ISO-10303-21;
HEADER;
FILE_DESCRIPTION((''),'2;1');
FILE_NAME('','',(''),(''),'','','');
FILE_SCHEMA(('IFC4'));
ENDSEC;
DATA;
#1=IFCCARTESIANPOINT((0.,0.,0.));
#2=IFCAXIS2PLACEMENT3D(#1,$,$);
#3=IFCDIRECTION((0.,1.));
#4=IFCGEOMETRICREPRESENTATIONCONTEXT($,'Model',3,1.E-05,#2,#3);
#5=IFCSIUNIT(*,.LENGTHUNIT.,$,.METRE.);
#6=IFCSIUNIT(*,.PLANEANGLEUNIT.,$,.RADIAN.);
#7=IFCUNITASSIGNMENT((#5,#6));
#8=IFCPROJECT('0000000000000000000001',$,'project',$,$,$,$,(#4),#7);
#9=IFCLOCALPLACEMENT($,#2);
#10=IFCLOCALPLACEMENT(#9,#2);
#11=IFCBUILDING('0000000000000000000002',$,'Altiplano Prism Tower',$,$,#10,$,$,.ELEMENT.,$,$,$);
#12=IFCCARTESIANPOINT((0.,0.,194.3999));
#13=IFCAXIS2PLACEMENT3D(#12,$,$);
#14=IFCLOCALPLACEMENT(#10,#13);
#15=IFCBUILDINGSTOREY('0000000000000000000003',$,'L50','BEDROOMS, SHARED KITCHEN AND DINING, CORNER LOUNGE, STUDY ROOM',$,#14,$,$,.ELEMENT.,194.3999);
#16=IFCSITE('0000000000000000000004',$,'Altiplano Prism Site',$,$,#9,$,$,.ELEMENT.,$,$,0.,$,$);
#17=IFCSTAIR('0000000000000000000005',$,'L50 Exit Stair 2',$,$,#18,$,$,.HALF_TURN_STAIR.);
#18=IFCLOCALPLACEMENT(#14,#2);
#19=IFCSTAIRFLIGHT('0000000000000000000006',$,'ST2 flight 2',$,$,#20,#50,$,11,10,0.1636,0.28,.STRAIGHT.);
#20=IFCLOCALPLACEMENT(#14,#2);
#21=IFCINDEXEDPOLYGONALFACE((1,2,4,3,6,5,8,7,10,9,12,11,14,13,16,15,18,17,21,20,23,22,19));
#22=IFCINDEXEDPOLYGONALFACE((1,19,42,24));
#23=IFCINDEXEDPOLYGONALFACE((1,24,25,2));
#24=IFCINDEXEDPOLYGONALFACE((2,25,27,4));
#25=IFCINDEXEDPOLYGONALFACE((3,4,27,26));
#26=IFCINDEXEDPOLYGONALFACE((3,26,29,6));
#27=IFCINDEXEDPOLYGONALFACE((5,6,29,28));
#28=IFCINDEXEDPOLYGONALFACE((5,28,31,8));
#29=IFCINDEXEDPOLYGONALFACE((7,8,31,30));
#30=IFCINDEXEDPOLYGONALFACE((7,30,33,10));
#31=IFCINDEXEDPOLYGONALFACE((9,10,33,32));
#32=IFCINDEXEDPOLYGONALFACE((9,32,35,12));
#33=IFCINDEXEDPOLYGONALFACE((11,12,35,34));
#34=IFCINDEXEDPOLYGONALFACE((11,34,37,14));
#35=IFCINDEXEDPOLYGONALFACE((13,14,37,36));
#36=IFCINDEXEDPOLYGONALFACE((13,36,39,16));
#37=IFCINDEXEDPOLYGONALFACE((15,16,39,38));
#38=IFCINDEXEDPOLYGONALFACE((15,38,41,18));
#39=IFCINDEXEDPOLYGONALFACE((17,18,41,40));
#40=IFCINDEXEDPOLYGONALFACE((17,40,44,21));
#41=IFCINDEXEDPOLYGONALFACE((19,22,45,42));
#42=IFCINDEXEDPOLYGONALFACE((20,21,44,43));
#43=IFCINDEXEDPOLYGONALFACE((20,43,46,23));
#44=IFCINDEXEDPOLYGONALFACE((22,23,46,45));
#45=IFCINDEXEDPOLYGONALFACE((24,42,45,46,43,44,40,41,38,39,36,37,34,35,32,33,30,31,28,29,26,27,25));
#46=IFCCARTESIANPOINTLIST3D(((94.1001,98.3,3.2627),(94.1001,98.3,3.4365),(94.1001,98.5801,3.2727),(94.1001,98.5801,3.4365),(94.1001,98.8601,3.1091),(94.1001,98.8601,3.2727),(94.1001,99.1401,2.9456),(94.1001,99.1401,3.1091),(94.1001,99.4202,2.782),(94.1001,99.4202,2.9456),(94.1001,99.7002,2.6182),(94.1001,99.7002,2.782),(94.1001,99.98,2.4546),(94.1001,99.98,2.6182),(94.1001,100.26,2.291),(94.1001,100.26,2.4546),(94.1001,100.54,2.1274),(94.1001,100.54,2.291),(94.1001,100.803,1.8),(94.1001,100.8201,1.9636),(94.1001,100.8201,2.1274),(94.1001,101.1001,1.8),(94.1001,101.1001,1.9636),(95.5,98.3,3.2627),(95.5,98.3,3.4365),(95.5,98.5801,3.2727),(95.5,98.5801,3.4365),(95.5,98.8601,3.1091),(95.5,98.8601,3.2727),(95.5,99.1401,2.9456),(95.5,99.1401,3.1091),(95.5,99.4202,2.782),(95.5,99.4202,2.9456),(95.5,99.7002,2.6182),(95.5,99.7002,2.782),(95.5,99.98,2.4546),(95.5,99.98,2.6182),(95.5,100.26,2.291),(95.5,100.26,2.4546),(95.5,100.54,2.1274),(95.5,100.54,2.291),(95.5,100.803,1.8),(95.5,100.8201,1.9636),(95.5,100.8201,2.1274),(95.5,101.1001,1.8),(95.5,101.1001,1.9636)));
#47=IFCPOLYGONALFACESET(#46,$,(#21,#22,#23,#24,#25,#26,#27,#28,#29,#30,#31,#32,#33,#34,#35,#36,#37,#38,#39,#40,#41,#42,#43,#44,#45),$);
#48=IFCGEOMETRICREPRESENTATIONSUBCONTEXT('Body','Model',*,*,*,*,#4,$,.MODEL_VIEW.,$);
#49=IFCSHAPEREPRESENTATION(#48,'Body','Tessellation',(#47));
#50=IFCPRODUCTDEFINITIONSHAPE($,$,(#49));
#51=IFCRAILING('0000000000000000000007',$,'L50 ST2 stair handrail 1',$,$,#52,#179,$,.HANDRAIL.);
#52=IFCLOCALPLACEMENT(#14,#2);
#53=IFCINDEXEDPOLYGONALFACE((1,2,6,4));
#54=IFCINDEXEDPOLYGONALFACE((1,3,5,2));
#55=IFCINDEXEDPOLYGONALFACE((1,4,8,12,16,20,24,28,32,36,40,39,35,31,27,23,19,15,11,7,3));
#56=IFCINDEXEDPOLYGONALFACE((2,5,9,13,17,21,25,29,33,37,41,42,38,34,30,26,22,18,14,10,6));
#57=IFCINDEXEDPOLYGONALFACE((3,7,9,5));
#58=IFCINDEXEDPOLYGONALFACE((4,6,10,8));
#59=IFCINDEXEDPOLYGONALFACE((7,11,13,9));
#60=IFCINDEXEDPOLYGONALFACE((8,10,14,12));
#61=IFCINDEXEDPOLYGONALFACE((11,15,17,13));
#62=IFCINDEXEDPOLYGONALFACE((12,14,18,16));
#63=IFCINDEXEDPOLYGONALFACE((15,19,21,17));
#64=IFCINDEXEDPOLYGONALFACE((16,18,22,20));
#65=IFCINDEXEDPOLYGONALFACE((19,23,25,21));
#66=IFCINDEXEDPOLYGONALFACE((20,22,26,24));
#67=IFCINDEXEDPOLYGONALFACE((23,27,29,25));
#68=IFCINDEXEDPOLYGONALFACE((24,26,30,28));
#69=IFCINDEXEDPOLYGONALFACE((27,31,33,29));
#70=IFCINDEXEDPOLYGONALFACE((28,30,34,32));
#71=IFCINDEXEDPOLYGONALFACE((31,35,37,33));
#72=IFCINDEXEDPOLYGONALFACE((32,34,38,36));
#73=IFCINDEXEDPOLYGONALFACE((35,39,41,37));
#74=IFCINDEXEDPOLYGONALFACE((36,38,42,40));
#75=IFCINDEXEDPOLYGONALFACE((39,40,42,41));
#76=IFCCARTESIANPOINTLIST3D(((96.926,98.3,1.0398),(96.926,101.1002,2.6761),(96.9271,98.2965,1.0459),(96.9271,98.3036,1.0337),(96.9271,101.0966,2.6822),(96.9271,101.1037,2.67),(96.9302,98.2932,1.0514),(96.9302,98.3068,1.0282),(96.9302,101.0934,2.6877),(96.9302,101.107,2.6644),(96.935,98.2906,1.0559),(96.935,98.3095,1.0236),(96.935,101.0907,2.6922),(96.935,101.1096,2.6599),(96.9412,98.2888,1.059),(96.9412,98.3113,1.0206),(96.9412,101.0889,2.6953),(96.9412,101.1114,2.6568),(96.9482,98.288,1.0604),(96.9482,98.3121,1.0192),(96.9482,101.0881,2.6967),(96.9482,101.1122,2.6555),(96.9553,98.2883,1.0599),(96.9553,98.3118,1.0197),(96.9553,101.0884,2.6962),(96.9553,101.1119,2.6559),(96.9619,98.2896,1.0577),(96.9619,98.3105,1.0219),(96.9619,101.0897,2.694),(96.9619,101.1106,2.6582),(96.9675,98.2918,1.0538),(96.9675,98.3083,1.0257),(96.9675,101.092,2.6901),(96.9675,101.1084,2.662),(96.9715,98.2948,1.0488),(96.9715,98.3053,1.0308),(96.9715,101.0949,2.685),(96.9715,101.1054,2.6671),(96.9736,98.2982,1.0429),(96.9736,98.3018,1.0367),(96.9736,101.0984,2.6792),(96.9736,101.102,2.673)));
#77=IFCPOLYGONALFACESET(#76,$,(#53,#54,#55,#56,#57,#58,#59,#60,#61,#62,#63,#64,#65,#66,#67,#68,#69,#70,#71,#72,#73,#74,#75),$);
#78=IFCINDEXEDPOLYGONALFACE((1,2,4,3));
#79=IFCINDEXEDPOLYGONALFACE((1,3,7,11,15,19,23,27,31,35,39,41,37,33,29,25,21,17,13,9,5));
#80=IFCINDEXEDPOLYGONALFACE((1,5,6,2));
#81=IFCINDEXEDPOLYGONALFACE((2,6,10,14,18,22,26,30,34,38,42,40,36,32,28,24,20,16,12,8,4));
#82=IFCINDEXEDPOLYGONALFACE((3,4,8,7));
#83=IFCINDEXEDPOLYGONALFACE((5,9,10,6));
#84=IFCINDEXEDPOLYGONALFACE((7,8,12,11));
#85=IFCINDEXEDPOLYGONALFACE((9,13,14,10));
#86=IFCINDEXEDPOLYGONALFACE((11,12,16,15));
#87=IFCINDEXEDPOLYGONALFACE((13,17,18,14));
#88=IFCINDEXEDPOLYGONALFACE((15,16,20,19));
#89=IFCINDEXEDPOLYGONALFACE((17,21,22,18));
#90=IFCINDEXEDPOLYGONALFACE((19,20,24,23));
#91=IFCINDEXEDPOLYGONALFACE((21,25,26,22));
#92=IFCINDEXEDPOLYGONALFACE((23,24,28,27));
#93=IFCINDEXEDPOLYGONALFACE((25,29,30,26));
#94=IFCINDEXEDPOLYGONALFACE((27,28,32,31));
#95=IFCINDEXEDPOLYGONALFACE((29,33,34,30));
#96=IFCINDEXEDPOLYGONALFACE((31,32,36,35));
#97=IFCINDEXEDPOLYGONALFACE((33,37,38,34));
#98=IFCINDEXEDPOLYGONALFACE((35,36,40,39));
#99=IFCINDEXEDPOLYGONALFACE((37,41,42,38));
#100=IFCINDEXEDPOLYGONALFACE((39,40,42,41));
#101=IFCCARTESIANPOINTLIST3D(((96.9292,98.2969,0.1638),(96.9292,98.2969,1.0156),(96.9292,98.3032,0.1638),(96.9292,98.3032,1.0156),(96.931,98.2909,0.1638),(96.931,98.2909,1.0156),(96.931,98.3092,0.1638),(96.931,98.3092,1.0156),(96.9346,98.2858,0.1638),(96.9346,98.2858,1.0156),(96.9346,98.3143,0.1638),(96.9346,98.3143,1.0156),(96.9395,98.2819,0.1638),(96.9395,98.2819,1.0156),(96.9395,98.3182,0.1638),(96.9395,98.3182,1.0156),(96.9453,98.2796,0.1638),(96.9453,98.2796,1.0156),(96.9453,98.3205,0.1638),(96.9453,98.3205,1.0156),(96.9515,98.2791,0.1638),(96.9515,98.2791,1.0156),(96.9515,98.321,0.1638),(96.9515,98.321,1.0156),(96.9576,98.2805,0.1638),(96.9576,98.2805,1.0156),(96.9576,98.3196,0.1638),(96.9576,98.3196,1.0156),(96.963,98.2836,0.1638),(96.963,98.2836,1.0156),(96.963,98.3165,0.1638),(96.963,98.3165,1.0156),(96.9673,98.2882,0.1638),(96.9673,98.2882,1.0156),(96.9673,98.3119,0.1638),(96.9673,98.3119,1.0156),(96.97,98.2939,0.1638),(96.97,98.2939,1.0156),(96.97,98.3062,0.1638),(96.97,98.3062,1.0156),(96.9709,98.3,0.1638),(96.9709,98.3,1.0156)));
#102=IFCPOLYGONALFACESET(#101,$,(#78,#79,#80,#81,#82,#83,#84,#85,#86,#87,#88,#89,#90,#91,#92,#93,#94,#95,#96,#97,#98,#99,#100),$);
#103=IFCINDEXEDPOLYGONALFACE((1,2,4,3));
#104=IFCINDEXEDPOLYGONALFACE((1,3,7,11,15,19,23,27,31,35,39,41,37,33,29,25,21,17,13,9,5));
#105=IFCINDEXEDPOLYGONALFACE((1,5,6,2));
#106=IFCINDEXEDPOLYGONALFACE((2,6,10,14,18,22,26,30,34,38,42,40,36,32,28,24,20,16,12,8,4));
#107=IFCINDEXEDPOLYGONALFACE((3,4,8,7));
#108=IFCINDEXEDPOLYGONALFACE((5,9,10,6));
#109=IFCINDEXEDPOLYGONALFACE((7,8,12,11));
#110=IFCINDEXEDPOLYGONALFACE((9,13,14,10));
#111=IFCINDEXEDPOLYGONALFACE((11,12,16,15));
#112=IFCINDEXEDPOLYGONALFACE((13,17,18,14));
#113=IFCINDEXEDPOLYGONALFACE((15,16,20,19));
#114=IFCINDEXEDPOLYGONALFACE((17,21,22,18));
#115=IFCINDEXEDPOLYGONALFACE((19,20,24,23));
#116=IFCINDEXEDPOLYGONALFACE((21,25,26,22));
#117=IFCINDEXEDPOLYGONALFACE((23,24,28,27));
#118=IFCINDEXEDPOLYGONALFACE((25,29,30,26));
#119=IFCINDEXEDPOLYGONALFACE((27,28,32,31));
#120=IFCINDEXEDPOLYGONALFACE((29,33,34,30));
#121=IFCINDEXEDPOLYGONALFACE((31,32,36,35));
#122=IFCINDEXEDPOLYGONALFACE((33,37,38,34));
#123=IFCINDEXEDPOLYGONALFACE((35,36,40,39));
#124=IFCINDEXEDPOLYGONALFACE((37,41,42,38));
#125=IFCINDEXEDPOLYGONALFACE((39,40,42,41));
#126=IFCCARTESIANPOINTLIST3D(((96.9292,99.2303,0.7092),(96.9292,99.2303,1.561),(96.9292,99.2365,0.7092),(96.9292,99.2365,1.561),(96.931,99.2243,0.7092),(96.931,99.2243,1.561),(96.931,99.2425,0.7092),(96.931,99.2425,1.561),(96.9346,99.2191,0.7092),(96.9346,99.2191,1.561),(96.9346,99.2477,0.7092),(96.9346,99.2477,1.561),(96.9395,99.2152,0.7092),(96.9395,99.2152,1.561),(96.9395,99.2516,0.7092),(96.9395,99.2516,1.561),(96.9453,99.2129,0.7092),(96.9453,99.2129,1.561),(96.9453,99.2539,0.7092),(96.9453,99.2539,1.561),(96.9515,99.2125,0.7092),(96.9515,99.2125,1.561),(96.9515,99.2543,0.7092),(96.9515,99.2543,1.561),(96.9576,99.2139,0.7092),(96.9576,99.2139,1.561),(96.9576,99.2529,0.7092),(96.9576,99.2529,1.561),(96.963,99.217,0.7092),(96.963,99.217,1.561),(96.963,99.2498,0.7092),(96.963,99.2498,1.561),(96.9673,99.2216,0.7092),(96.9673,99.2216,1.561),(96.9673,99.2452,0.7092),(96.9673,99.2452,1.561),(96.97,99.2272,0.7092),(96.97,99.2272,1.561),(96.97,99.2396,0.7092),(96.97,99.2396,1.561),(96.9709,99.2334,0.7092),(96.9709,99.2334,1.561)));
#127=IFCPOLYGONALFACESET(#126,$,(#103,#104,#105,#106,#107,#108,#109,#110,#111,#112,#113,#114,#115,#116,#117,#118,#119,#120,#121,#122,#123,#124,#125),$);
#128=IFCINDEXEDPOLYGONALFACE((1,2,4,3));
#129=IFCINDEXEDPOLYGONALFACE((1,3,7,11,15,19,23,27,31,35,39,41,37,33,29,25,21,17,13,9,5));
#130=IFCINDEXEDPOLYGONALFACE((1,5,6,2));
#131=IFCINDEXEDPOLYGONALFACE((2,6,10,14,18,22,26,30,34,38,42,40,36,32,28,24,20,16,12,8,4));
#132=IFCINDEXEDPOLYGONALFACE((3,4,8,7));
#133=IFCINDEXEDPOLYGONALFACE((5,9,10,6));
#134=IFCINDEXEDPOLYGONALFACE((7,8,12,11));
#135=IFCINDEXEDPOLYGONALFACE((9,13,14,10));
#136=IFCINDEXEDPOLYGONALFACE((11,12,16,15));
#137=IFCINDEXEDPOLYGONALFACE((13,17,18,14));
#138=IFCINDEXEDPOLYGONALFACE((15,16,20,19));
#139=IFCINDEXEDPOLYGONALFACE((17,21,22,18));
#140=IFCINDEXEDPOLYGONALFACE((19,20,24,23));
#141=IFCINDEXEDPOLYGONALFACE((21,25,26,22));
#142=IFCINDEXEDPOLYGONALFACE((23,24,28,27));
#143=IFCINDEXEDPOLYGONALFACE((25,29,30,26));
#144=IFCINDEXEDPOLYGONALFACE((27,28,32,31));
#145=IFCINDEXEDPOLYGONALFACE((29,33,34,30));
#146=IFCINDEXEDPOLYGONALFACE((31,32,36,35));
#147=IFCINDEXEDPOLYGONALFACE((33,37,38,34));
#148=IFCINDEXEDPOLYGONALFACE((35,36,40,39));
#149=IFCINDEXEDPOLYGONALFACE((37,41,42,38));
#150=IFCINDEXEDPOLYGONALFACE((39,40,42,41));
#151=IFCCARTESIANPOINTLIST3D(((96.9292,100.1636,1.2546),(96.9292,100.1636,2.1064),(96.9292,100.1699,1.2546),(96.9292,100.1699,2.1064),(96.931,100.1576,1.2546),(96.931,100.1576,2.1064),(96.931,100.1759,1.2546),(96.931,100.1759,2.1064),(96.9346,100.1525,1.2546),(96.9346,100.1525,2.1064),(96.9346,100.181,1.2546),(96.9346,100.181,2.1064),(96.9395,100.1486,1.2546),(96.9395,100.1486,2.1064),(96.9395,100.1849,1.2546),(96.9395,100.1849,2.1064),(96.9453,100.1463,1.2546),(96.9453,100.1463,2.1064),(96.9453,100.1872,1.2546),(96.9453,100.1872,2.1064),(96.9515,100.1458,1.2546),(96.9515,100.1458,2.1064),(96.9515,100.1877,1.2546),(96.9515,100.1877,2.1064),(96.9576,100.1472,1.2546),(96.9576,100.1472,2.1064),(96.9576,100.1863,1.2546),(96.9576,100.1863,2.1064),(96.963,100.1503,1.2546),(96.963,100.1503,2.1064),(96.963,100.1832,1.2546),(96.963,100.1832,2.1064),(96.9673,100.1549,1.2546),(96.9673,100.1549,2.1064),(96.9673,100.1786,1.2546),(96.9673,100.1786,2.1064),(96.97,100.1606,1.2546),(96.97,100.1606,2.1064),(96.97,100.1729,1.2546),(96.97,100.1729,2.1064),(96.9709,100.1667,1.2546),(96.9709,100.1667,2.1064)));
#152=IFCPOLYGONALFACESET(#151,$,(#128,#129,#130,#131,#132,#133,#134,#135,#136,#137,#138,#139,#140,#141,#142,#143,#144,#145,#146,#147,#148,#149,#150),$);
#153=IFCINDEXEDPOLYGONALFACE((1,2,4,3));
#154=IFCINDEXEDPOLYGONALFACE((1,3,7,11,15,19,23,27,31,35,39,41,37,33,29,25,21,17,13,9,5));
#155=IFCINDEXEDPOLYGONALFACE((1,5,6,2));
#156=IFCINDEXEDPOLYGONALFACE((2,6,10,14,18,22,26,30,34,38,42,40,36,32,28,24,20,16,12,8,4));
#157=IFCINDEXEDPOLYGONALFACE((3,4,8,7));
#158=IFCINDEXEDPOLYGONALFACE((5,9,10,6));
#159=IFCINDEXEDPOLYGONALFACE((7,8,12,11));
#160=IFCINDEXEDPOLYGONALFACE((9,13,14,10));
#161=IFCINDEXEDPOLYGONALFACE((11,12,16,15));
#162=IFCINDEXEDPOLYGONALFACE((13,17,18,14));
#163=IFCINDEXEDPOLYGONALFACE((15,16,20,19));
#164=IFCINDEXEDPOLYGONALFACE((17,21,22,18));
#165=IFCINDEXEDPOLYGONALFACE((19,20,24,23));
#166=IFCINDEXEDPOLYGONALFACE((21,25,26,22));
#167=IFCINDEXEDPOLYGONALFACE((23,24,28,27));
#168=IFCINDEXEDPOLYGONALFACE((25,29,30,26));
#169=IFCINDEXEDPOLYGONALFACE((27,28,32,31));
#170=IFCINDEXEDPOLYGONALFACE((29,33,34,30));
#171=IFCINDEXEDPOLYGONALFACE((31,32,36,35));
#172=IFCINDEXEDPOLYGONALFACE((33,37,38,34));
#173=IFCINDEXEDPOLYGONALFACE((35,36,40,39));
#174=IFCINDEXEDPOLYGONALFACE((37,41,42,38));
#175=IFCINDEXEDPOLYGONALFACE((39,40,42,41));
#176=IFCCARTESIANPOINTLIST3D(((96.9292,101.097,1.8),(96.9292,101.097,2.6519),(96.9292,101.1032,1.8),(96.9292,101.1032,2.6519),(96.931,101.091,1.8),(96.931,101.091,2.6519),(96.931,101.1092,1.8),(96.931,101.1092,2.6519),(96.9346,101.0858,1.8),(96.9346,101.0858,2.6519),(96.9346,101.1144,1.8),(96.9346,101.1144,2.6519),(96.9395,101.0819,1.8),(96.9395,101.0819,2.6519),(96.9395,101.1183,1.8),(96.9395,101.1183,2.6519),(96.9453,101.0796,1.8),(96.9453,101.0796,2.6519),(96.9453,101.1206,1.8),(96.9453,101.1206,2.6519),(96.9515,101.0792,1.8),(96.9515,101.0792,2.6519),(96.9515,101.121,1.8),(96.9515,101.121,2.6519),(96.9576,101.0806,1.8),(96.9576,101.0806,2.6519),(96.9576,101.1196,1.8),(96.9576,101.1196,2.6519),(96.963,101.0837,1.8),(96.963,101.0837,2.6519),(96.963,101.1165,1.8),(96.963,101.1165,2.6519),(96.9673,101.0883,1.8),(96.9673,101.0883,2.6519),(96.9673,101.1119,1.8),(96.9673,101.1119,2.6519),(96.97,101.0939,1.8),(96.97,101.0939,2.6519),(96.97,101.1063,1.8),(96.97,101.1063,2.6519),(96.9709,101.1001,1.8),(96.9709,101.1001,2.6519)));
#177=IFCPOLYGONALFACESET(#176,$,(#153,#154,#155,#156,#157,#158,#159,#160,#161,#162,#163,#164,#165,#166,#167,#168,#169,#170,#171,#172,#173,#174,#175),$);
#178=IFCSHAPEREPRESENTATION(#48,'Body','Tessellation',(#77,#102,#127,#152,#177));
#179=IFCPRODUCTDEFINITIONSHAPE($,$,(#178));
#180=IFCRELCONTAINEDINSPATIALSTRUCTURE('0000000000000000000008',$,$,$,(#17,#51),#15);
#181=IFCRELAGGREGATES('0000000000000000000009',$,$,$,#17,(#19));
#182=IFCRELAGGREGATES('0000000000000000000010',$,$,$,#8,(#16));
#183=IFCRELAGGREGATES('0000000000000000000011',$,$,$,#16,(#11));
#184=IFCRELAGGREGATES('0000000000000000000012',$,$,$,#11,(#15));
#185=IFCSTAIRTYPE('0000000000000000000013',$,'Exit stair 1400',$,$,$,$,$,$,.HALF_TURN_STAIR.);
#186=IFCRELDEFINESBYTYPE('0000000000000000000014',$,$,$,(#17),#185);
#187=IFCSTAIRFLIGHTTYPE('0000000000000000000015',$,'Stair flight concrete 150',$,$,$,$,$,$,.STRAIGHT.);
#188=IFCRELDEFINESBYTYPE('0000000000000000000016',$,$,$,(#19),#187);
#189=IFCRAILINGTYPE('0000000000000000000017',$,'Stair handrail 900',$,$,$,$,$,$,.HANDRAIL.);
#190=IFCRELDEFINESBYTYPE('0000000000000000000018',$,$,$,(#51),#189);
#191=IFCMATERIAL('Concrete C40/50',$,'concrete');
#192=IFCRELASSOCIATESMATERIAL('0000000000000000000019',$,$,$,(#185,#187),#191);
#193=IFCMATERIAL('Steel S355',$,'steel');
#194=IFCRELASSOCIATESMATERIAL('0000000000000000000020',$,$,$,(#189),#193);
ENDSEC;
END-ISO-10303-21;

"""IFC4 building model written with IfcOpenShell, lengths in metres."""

from ifc_helpers import new_model, si_unit, direction, frame, origin, origin_2d, place, context, subcontext, project, spatial, polyline, circle, outline, extrude, material, type_object, element, aggregate, save


model = new_model("IFC4")

# Units and contexts
model_context = context("Model", 3, precision=1e-05, world=origin(), true_north=direction((0.0, 1.0)))
body_context = subcontext(model_context, "Body", "Model", "MODEL_VIEW")
ifc_project = project(units=[si_unit("LENGTHUNIT", "METRE"), si_unit("PLANEANGLEUNIT", "RADIAN")], contexts=[model_context])

# Site, building, storey
site_placement = place(None, origin())
site = spatial("IfcSite", under=ifc_project, at=site_placement, Name="Altiplano Prism Site", CompositionType="ELEMENT", RefElevation=0.0)
building_placement = place(site_placement, origin())
building = spatial("IfcBuilding", under=site, at=building_placement, Name="Altiplano Prism Tower", CompositionType="ELEMENT")
storey_placement = place(building_placement, frame((0.0, 0.0, 194.3999)))
storey = spatial("IfcBuildingStorey", under=building, at=storey_placement, Name="L50", Description="BEDROOMS, SHARED KITCHEN AND DINING, CORNER LOUNGE, STUDY ROOM", CompositionType="ELEMENT", Elevation=194.3999)

# Shared definitions
ifc_material_1 = material(Name="Steel S355", Category="steel")

# Stair, stair flight
ifc_material_2 = material(Name="Concrete C40/50", Category="concrete")
stair_type = type_object("IfcStairType", Name="Exit stair 1400", PredefinedType="HALF_TURN_STAIR", material=ifc_material_2)
stair_placement = place(storey_placement, origin())
stair = element("IfcStair", 1, at=stair_placement, inside=storey, type_object=stair_type, Name="L50 Exit Stair 2", PredefinedType="HALF_TURN_STAIR")
stair_flight_type = type_object("IfcStairFlightType", Name="Stair flight concrete 150", PredefinedType="STRAIGHT", material=ifc_material_2)
stair_flight_placement = place(storey_placement, frame((94.8, 101.1001, 1.8), z_axis=(0.0, 0.0, 1.0), x_axis=(0.0, -1.0, 0.0)))
stair_flight = element("IfcStairFlight", 2, at=stair_flight_placement, type_object=stair_flight_type, Name="ST2 flight 2", NumberOfRisers=11, NumberOfTreads=10, PredefinedType="STRAIGHT", RiserHeight=0.1636, TreadLength=0.28, context=body_context, shape_type="SweptSolid", body=[
    extrude(outline(polyline([(0.0, 0.0), (0.0, 0.1636), (0.28, 0.1636), (0.28, 0.3274), (0.5601, 0.3274), (0.5601, 0.491), (0.8401, 0.491), (0.8401, 0.6545), (1.1201, 0.6545), (1.1201, 0.8181), (1.3999, 0.8181), (1.3999, 0.9819), (1.6799, 0.9819), (1.6799, 1.1455), (1.96, 1.1455), (1.96, 1.3091), (2.24, 1.3091), (2.24, 1.4727), (2.52, 1.4727), (2.52, 1.6365), (2.8, 1.6365), (2.8, 1.8), (2.8, 1.4626), (0.2971, 0.0), (0.0, 0.0)])), frame((0.0, 0.7, 0.0), z_axis=(0.0, -1.0, 0.0), x_axis=(1.0, 0.0, 0.0)), (0.0, 0.0, 1.0), 1.3999),
])
aggregate(stair, [stair_flight])

# Railing
railing_type = type_object("IfcRailingType", Name="Stair handrail 900", PredefinedType="HANDRAIL", material=ifc_material_1)
railing_1_placement = place(storey_placement, frame((96.95, 98.3, 0.1638)))
element("IfcRailing", 3, at=railing_1_placement, inside=storey, type_object=railing_type, Name="L50 ST2 stair handrail 1", PredefinedType="HANDRAIL", context=body_context, shape_type="SweptSolid", body=[
    extrude(circle(Radius=0.0239, at=origin_2d()), frame((0.0, 0.0, 0.876), z_axis=(0.0, 0.863394, 0.504531), x_axis=(-1.0, 0.0, 0.0)), (0.0, 0.0, 1.0), 3.2432),
    extrude(circle(Radius=0.021, at=origin_2d()), origin(), (0.0, 0.0, 1.0), 0.8518),
    extrude(circle(Radius=0.021, at=origin_2d()), frame((0.0, 0.9333, 0.5454)), (0.0, 0.0, 1.0), 0.8518),
    extrude(circle(Radius=0.021, at=origin_2d()), frame((0.0, 1.8667, 1.0908)), (0.0, 0.0, 1.0), 0.8518),
    extrude(circle(Radius=0.021, at=origin_2d()), frame((0.0, 2.8, 1.6362)), (0.0, 0.0, 1.0), 0.8518),
])

save(model, "model.ifc")
